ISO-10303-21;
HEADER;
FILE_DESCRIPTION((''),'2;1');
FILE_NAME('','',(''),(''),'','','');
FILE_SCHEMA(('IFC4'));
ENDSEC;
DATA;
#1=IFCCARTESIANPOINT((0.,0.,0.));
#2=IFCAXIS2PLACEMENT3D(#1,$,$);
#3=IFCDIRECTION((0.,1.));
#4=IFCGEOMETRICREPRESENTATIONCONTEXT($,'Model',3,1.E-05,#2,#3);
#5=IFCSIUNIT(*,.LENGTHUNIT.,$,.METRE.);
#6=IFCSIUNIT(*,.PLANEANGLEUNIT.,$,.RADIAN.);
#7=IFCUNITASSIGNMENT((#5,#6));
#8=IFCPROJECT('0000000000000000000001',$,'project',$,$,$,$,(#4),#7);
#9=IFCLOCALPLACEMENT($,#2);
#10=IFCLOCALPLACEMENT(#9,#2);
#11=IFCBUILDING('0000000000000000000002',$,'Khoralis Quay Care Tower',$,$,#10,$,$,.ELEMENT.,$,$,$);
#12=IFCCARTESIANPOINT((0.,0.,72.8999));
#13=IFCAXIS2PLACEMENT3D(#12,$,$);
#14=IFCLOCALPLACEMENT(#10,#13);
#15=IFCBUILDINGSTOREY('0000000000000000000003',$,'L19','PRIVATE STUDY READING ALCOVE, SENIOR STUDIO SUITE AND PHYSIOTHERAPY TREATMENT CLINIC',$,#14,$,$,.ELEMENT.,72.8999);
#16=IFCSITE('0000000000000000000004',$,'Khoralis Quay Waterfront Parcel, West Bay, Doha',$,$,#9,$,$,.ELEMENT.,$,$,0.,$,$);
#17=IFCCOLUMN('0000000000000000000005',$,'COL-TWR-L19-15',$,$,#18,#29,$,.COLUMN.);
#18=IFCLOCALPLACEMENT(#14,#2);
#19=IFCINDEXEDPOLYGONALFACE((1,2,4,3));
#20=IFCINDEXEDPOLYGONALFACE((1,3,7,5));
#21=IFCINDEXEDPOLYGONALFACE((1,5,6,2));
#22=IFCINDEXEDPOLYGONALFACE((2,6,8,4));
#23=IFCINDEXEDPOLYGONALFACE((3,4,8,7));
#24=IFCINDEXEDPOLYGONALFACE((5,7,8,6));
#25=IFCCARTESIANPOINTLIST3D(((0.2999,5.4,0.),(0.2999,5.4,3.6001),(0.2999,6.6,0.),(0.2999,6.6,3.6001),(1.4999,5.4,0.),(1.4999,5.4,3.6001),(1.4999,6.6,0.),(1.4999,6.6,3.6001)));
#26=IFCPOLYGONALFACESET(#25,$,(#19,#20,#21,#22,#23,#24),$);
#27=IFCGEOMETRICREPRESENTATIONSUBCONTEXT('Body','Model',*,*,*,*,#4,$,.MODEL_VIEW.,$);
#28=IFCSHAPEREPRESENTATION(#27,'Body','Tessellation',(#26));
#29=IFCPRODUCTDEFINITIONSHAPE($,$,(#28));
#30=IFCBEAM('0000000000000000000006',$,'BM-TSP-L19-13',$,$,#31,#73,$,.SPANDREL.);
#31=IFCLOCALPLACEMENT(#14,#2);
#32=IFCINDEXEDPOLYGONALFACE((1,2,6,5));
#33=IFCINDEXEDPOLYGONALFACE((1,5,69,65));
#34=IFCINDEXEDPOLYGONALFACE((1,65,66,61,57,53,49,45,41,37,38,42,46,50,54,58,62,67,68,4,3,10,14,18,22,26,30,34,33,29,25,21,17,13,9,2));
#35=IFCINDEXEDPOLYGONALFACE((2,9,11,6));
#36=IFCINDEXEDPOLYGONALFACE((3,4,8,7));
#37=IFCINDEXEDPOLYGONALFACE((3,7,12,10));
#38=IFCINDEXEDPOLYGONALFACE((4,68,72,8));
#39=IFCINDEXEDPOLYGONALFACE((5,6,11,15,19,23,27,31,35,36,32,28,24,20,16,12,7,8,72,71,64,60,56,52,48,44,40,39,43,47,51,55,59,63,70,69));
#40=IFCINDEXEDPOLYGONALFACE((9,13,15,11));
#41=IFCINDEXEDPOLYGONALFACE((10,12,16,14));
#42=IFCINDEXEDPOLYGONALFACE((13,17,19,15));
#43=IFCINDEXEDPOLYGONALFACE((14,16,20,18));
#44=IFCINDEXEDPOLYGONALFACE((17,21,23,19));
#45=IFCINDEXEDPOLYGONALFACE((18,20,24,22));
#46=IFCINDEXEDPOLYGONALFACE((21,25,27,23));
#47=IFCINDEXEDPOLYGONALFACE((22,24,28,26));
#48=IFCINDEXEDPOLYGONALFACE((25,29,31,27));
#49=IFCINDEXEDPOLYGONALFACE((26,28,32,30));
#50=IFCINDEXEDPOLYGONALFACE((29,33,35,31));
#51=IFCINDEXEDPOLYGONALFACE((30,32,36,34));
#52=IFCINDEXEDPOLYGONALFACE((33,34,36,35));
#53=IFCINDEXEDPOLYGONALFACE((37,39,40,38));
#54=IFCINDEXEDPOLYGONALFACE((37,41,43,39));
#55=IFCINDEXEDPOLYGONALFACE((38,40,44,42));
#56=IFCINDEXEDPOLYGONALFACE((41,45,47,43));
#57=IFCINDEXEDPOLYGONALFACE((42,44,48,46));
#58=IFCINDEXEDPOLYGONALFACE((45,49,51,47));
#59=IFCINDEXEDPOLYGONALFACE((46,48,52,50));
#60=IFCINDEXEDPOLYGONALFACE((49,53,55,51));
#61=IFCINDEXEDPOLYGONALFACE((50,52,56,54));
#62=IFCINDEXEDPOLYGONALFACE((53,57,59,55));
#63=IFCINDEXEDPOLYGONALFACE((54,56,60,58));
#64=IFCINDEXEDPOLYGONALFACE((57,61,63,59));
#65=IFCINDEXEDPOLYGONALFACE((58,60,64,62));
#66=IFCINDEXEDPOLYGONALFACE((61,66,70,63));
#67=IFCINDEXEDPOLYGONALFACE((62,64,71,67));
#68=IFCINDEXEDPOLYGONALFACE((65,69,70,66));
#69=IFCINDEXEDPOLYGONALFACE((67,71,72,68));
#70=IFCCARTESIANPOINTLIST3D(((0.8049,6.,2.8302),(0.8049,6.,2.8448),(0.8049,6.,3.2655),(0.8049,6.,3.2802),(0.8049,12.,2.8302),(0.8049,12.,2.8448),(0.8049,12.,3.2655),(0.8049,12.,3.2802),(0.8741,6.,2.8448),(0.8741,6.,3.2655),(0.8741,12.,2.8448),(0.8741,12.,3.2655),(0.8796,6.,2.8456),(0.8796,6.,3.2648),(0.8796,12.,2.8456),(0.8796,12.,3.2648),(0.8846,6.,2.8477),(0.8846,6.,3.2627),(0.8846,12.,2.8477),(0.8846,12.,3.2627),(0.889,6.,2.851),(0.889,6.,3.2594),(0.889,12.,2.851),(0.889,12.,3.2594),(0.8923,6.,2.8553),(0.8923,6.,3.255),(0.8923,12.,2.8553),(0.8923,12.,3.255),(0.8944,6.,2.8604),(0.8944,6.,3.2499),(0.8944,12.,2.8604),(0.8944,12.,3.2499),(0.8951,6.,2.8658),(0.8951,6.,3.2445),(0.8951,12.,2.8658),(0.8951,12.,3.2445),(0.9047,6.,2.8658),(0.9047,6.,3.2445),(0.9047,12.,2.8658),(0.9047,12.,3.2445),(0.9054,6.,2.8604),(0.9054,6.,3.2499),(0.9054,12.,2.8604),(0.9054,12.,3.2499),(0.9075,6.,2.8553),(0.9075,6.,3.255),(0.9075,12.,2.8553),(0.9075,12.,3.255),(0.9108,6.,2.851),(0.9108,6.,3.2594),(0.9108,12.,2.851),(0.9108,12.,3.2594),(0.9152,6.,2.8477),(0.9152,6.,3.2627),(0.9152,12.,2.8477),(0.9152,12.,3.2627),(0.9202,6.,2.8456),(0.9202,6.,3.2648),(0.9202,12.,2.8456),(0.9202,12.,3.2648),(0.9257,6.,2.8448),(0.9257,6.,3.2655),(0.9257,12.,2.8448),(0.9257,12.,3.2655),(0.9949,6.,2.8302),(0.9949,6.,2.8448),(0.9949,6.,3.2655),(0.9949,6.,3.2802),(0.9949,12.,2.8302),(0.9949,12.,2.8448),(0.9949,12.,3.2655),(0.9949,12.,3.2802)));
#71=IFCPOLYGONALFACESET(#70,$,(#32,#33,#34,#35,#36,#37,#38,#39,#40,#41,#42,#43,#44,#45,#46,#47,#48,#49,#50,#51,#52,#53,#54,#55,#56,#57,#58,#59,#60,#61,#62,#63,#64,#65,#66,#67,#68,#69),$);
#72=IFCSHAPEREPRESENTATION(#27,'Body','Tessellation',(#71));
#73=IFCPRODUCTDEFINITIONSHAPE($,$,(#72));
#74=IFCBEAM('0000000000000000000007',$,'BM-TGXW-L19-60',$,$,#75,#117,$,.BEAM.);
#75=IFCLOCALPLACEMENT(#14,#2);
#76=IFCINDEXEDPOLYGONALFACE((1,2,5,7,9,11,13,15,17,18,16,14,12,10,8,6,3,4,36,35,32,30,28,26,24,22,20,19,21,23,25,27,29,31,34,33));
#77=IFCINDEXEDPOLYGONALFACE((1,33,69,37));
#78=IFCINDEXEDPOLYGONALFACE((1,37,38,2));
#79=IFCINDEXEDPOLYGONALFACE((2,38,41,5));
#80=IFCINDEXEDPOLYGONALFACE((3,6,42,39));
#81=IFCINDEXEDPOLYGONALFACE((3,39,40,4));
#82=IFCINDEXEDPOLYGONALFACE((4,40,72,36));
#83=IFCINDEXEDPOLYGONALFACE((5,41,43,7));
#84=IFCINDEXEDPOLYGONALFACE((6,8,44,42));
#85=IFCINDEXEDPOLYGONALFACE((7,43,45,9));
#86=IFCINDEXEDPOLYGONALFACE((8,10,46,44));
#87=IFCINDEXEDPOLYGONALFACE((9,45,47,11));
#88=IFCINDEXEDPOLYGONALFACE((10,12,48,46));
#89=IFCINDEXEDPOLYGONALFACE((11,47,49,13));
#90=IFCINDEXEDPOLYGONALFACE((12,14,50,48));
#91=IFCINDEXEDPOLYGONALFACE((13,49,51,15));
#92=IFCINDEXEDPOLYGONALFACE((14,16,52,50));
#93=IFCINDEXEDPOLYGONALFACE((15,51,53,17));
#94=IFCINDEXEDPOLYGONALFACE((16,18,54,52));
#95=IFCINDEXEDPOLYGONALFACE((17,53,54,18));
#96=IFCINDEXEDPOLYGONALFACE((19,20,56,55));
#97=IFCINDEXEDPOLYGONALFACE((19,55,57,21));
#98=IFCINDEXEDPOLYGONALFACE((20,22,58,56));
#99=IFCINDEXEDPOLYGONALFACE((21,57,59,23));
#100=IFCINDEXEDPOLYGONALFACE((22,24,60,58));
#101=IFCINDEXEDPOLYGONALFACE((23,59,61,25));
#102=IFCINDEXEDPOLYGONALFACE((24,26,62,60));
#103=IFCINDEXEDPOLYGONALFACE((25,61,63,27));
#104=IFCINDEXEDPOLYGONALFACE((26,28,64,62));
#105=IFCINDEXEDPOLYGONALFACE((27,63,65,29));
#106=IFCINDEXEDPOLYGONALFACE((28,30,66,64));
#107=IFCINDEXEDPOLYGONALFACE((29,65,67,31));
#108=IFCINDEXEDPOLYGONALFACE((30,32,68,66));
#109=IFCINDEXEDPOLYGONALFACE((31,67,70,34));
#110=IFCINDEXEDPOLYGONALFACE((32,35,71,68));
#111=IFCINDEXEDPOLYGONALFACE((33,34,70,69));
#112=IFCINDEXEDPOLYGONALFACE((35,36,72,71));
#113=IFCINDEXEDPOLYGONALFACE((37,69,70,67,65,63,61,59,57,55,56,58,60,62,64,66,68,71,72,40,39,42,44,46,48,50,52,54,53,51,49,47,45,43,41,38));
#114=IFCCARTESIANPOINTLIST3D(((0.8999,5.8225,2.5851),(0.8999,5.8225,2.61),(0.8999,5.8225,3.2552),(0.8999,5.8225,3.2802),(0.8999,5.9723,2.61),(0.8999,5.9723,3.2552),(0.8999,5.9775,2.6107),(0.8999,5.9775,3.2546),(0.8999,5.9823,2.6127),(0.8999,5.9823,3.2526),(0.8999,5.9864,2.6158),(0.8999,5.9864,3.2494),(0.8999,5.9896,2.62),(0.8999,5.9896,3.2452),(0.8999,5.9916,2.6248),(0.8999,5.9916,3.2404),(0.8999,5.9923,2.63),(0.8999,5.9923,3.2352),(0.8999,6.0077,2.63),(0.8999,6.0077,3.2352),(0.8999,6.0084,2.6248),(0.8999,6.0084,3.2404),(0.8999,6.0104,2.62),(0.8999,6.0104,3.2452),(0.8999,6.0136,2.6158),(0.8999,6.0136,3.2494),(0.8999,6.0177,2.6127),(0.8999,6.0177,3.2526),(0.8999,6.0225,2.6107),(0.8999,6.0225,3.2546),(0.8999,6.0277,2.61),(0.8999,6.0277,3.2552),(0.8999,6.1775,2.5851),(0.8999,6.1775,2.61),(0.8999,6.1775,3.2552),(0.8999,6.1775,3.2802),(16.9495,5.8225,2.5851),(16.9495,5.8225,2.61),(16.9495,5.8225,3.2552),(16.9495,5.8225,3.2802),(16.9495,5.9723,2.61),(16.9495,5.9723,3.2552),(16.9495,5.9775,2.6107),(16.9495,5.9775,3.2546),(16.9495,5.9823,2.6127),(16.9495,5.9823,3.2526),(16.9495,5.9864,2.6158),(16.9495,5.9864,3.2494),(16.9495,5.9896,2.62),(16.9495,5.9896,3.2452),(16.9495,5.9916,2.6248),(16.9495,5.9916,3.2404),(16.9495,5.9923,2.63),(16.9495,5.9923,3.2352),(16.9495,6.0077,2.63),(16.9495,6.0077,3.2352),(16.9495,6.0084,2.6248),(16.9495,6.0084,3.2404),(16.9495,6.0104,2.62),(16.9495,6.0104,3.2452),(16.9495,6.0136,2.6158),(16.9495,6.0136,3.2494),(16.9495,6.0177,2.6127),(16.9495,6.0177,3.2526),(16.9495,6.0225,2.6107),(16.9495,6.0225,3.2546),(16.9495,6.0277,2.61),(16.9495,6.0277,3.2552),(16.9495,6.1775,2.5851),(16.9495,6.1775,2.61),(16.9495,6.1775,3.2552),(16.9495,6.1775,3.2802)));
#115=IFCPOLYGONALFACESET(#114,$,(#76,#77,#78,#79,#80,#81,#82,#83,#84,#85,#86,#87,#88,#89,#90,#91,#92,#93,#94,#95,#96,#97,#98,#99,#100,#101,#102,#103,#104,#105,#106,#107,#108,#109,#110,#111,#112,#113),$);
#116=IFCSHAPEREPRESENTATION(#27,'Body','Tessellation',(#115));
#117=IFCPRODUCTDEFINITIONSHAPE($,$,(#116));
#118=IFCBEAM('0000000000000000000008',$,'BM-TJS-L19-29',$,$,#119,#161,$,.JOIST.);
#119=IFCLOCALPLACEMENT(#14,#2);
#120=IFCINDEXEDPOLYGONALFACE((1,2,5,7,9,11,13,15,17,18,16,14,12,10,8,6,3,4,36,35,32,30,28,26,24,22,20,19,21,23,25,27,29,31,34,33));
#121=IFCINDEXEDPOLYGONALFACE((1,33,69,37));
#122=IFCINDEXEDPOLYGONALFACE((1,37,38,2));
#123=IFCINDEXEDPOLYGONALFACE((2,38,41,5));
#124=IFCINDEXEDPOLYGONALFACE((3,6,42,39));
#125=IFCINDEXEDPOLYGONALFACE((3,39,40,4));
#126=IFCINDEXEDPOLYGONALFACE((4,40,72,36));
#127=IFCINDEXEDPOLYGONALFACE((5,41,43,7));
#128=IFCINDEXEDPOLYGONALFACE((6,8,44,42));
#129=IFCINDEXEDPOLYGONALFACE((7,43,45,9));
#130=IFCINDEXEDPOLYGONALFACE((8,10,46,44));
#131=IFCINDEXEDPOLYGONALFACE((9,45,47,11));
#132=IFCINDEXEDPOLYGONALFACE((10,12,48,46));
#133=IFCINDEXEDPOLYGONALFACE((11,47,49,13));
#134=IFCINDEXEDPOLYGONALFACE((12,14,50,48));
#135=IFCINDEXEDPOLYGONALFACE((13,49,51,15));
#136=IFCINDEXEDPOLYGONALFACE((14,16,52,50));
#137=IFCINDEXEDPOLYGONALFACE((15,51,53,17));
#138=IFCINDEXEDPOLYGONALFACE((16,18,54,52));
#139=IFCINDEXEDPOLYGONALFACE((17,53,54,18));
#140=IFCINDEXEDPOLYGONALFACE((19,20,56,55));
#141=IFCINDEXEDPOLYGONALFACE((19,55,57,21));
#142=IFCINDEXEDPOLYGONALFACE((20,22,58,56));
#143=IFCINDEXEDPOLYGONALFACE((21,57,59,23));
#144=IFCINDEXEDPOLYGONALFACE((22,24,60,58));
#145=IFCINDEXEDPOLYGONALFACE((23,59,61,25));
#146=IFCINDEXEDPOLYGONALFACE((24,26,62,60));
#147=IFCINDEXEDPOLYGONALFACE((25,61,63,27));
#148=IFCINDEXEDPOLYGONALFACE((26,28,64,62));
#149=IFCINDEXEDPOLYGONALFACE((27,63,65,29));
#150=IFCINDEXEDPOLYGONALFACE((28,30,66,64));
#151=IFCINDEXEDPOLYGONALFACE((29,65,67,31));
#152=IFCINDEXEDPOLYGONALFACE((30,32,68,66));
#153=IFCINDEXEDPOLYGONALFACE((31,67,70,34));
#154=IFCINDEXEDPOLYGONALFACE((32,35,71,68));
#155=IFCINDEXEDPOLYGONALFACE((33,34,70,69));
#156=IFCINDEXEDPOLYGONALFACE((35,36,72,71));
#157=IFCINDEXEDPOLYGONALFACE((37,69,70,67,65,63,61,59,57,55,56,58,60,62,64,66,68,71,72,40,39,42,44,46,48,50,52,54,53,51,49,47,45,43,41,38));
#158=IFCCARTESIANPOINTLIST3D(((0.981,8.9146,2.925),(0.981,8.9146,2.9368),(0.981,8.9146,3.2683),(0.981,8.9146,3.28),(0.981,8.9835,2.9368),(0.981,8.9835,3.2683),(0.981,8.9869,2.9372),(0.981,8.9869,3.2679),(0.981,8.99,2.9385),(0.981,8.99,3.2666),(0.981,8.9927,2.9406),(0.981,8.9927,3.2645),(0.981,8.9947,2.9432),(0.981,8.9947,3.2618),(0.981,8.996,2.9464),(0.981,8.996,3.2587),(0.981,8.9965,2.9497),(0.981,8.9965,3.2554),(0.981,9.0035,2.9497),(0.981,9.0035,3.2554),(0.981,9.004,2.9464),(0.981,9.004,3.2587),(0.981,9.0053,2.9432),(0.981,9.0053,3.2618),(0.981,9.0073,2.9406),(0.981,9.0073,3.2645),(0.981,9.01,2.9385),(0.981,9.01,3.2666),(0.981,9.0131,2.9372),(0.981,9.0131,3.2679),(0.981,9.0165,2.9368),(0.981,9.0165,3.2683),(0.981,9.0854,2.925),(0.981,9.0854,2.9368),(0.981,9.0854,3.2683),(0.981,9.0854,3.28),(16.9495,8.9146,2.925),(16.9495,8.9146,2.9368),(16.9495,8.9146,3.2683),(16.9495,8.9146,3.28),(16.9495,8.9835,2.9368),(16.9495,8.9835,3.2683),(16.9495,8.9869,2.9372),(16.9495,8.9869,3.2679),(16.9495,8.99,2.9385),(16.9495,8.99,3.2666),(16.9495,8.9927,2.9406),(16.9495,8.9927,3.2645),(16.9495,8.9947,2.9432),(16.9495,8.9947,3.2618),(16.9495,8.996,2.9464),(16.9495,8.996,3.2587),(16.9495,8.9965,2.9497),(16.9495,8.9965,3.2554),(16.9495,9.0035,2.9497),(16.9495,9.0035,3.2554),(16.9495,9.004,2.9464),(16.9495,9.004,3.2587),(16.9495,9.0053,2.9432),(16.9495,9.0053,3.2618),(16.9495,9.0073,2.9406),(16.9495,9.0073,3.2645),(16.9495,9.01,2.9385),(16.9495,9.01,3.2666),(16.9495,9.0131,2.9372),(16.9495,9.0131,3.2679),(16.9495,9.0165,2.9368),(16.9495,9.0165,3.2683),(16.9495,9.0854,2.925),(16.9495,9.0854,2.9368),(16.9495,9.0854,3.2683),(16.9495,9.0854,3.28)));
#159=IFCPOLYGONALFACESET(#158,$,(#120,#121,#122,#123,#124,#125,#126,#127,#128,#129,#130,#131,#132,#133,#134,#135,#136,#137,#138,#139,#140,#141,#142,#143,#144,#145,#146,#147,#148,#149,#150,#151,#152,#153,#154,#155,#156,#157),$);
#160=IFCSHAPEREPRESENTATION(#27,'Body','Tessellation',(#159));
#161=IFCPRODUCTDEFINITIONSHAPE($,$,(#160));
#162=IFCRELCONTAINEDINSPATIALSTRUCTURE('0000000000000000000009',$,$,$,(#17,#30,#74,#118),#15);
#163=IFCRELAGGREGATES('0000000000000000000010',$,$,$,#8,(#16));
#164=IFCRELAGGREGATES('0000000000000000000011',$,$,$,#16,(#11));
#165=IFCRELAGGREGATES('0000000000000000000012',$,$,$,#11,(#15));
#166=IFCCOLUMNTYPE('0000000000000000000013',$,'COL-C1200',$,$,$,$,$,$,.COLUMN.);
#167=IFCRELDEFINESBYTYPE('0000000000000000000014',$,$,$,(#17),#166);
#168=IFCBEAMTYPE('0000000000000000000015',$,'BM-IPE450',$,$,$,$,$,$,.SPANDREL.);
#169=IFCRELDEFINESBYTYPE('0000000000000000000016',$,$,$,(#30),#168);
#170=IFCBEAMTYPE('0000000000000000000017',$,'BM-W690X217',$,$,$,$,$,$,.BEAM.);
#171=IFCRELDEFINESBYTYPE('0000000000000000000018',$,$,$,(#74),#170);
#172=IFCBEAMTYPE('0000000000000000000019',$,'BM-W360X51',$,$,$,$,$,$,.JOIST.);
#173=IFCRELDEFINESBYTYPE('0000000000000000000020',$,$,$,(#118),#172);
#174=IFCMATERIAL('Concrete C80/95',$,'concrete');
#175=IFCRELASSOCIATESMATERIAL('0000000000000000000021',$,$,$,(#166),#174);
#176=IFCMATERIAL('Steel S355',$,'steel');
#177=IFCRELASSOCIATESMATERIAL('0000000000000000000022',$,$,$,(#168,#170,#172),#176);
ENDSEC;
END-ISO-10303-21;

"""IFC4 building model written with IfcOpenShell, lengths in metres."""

from ifc_helpers import new_model, si_unit, direction, frame, origin, origin_2d, place, context, subcontext, project, spatial, rectangle, i_section, extrude, source, transform, mapped, material, material_profile, profile_set, type_object, element, save


model = new_model("IFC4")

# Units and contexts
model_context = context("Model", 3, precision=1e-05, world=origin(), true_north=direction((0.0, 1.0)))
body_context = subcontext(model_context, "Body", "Model", "MODEL_VIEW")
ifc_project = project(units=[si_unit("LENGTHUNIT", "METRE"), si_unit("PLANEANGLEUNIT", "RADIAN")], contexts=[model_context])

# Site, building, storey
site_placement = place(None, origin())
site = spatial("IfcSite", under=ifc_project, at=site_placement, Name="Khoralis Quay Waterfront Parcel, West Bay, Doha", CompositionType="ELEMENT", RefElevation=0.0)
building_placement = place(site_placement, origin())
building = spatial("IfcBuilding", under=site, at=building_placement, Name="Khoralis Quay Care Tower", CompositionType="ELEMENT")
storey_placement = place(building_placement, frame((0.0, 0.0, 72.8999)))
storey = spatial("IfcBuildingStorey", under=building, at=storey_placement, Name="L19", Description="PRIVATE STUDY READING ALCOVE, SENIOR STUDIO SUITE AND PHYSIOTHERAPY TREATMENT CLINIC", CompositionType="ELEMENT", Elevation=72.8999)

# Column
ifc_material_1 = material(Name="Concrete C80/95", Category="concrete")
ifc_material_profile_1 = material_profile(ifc_material_1, rectangle(XDim=1.2, YDim=1.2, at=origin_2d()), Name="Concrete C80/95")
ifc_profile_set_1 = profile_set([ifc_material_profile_1], Name="Concrete C80/95")
column_type = type_object("IfcColumnType", Name="COL-C1200", PredefinedType="COLUMN", material=ifc_profile_set_1)
shared_shape_1 = source(origin(), body_context, "Body", "SweptSolid", [
    extrude(rectangle(XDim=1.2, YDim=1.2, at=origin_2d()), origin(), (0.0, 0.0, 1.0), 3.6001),
])
column_placement = place(storey_placement, frame((0.8999, 6.0, 0.0), z_axis=(0.0, 0.0, 1.0), x_axis=(1.0, 0.0, 0.0)))
element("IfcColumn", 1, at=column_placement, inside=storey, type_object=column_type, Name="COL-TWR-L19-15", PredefinedType="COLUMN", context=body_context, shape_type="MappedRepresentation", body=[
    mapped(shared_shape_1, transform((0.0, 0.0, 0.0), scale=1.0)),
])

# Beams
ifc_material_2 = material(Name="Steel S355", Category="steel")
ifc_material_profile_2 = material_profile(ifc_material_2, i_section(OverallWidth=0.1899, OverallDepth=0.45, WebThickness=0.0095, FlangeThickness=0.0146, FilletRadius=0.021, at=origin_2d()), Name="Steel S355")
ifc_profile_set_2 = profile_set([ifc_material_profile_2], Name="Steel S355")
beam_type_1 = type_object("IfcBeamType", Name="BM-IPE450", PredefinedType="SPANDREL", material=ifc_profile_set_2)
shared_shape_2 = source(origin(), body_context, "Body", "SweptSolid", [
    extrude(i_section(OverallWidth=0.1899, OverallDepth=0.45, WebThickness=0.0095, FlangeThickness=0.0146, FilletRadius=0.021, at=origin_2d()), origin(), (0.0, 0.0, 1.0), 6.0),
])
beam_1_placement = place(storey_placement, frame((0.8999, 6.0, 3.0552), z_axis=(0.0, 1.0, 0.0), x_axis=(-1.0, 0.0, 0.0)))
element("IfcBeam", 2, at=beam_1_placement, inside=storey, type_object=beam_type_1, Name="BM-TSP-L19-13", PredefinedType="SPANDREL", context=body_context, shape_type="MappedRepresentation", body=[
    mapped(shared_shape_2, transform((0.0, 0.0, 0.0), scale=1.0)),
])
ifc_material_profile_3 = material_profile(ifc_material_2, i_section(OverallWidth=0.355, OverallDepth=0.6951, WebThickness=0.0154, FlangeThickness=0.0249, FilletRadius=0.02, at=origin_2d()), Name="Steel S355")
ifc_profile_set_3 = profile_set([ifc_material_profile_3], Name="Steel S355")
beam_type_2 = type_object("IfcBeamType", Name="BM-W690X217", PredefinedType="BEAM", material=ifc_profile_set_3)
shared_shape_3 = source(origin(), body_context, "Body", "SweptSolid", [
    extrude(i_section(OverallWidth=0.355, OverallDepth=0.6951, WebThickness=0.0154, FlangeThickness=0.0249, FilletRadius=0.02, at=origin_2d()), origin(), (0.0, 0.0, 1.0), 16.0496),
])
beam_2_placement = place(storey_placement, frame((0.8999, 6.0, 2.9326), z_axis=(1.0, 0.0, 0.0), x_axis=(0.0, 1.0, 0.0)))
element("IfcBeam", 3, at=beam_2_placement, inside=storey, type_object=beam_type_2, Name="BM-TGXW-L19-60", PredefinedType="BEAM", context=body_context, shape_type="MappedRepresentation", body=[
    mapped(shared_shape_3, transform((0.0, 0.0, 0.0), scale=1.0)),
])
ifc_material_profile_4 = material_profile(ifc_material_2, i_section(OverallWidth=0.1709, OverallDepth=0.355, WebThickness=0.0071, FlangeThickness=0.0117, FilletRadius=0.0129, at=origin_2d()), Name="Steel S355")
ifc_profile_set_4 = profile_set([ifc_material_profile_4], Name="Steel S355")
beam_type_3 = type_object("IfcBeamType", Name="BM-W360X51", PredefinedType="JOIST", material=ifc_profile_set_4)
shared_shape_4 = source(origin(), body_context, "Body", "SweptSolid", [
    extrude(i_section(OverallWidth=0.1709, OverallDepth=0.355, WebThickness=0.0071, FlangeThickness=0.0117, FilletRadius=0.0129, at=origin_2d()), origin(), (0.0, 0.0, 1.0), 15.9685),
])
beam_3_placement = place(storey_placement, frame((0.981, 9.0, 3.1025), z_axis=(1.0, 0.0, 0.0), x_axis=(0.0, 1.0, 0.0)))
element("IfcBeam", 4, at=beam_3_placement, inside=storey, type_object=beam_type_3, Name="BM-TJS-L19-29", PredefinedType="JOIST", context=body_context, shape_type="MappedRepresentation", body=[
    mapped(shared_shape_4, transform((0.0, 0.0, 0.0), scale=1.0)),
])

save(model, "model.ifc")
